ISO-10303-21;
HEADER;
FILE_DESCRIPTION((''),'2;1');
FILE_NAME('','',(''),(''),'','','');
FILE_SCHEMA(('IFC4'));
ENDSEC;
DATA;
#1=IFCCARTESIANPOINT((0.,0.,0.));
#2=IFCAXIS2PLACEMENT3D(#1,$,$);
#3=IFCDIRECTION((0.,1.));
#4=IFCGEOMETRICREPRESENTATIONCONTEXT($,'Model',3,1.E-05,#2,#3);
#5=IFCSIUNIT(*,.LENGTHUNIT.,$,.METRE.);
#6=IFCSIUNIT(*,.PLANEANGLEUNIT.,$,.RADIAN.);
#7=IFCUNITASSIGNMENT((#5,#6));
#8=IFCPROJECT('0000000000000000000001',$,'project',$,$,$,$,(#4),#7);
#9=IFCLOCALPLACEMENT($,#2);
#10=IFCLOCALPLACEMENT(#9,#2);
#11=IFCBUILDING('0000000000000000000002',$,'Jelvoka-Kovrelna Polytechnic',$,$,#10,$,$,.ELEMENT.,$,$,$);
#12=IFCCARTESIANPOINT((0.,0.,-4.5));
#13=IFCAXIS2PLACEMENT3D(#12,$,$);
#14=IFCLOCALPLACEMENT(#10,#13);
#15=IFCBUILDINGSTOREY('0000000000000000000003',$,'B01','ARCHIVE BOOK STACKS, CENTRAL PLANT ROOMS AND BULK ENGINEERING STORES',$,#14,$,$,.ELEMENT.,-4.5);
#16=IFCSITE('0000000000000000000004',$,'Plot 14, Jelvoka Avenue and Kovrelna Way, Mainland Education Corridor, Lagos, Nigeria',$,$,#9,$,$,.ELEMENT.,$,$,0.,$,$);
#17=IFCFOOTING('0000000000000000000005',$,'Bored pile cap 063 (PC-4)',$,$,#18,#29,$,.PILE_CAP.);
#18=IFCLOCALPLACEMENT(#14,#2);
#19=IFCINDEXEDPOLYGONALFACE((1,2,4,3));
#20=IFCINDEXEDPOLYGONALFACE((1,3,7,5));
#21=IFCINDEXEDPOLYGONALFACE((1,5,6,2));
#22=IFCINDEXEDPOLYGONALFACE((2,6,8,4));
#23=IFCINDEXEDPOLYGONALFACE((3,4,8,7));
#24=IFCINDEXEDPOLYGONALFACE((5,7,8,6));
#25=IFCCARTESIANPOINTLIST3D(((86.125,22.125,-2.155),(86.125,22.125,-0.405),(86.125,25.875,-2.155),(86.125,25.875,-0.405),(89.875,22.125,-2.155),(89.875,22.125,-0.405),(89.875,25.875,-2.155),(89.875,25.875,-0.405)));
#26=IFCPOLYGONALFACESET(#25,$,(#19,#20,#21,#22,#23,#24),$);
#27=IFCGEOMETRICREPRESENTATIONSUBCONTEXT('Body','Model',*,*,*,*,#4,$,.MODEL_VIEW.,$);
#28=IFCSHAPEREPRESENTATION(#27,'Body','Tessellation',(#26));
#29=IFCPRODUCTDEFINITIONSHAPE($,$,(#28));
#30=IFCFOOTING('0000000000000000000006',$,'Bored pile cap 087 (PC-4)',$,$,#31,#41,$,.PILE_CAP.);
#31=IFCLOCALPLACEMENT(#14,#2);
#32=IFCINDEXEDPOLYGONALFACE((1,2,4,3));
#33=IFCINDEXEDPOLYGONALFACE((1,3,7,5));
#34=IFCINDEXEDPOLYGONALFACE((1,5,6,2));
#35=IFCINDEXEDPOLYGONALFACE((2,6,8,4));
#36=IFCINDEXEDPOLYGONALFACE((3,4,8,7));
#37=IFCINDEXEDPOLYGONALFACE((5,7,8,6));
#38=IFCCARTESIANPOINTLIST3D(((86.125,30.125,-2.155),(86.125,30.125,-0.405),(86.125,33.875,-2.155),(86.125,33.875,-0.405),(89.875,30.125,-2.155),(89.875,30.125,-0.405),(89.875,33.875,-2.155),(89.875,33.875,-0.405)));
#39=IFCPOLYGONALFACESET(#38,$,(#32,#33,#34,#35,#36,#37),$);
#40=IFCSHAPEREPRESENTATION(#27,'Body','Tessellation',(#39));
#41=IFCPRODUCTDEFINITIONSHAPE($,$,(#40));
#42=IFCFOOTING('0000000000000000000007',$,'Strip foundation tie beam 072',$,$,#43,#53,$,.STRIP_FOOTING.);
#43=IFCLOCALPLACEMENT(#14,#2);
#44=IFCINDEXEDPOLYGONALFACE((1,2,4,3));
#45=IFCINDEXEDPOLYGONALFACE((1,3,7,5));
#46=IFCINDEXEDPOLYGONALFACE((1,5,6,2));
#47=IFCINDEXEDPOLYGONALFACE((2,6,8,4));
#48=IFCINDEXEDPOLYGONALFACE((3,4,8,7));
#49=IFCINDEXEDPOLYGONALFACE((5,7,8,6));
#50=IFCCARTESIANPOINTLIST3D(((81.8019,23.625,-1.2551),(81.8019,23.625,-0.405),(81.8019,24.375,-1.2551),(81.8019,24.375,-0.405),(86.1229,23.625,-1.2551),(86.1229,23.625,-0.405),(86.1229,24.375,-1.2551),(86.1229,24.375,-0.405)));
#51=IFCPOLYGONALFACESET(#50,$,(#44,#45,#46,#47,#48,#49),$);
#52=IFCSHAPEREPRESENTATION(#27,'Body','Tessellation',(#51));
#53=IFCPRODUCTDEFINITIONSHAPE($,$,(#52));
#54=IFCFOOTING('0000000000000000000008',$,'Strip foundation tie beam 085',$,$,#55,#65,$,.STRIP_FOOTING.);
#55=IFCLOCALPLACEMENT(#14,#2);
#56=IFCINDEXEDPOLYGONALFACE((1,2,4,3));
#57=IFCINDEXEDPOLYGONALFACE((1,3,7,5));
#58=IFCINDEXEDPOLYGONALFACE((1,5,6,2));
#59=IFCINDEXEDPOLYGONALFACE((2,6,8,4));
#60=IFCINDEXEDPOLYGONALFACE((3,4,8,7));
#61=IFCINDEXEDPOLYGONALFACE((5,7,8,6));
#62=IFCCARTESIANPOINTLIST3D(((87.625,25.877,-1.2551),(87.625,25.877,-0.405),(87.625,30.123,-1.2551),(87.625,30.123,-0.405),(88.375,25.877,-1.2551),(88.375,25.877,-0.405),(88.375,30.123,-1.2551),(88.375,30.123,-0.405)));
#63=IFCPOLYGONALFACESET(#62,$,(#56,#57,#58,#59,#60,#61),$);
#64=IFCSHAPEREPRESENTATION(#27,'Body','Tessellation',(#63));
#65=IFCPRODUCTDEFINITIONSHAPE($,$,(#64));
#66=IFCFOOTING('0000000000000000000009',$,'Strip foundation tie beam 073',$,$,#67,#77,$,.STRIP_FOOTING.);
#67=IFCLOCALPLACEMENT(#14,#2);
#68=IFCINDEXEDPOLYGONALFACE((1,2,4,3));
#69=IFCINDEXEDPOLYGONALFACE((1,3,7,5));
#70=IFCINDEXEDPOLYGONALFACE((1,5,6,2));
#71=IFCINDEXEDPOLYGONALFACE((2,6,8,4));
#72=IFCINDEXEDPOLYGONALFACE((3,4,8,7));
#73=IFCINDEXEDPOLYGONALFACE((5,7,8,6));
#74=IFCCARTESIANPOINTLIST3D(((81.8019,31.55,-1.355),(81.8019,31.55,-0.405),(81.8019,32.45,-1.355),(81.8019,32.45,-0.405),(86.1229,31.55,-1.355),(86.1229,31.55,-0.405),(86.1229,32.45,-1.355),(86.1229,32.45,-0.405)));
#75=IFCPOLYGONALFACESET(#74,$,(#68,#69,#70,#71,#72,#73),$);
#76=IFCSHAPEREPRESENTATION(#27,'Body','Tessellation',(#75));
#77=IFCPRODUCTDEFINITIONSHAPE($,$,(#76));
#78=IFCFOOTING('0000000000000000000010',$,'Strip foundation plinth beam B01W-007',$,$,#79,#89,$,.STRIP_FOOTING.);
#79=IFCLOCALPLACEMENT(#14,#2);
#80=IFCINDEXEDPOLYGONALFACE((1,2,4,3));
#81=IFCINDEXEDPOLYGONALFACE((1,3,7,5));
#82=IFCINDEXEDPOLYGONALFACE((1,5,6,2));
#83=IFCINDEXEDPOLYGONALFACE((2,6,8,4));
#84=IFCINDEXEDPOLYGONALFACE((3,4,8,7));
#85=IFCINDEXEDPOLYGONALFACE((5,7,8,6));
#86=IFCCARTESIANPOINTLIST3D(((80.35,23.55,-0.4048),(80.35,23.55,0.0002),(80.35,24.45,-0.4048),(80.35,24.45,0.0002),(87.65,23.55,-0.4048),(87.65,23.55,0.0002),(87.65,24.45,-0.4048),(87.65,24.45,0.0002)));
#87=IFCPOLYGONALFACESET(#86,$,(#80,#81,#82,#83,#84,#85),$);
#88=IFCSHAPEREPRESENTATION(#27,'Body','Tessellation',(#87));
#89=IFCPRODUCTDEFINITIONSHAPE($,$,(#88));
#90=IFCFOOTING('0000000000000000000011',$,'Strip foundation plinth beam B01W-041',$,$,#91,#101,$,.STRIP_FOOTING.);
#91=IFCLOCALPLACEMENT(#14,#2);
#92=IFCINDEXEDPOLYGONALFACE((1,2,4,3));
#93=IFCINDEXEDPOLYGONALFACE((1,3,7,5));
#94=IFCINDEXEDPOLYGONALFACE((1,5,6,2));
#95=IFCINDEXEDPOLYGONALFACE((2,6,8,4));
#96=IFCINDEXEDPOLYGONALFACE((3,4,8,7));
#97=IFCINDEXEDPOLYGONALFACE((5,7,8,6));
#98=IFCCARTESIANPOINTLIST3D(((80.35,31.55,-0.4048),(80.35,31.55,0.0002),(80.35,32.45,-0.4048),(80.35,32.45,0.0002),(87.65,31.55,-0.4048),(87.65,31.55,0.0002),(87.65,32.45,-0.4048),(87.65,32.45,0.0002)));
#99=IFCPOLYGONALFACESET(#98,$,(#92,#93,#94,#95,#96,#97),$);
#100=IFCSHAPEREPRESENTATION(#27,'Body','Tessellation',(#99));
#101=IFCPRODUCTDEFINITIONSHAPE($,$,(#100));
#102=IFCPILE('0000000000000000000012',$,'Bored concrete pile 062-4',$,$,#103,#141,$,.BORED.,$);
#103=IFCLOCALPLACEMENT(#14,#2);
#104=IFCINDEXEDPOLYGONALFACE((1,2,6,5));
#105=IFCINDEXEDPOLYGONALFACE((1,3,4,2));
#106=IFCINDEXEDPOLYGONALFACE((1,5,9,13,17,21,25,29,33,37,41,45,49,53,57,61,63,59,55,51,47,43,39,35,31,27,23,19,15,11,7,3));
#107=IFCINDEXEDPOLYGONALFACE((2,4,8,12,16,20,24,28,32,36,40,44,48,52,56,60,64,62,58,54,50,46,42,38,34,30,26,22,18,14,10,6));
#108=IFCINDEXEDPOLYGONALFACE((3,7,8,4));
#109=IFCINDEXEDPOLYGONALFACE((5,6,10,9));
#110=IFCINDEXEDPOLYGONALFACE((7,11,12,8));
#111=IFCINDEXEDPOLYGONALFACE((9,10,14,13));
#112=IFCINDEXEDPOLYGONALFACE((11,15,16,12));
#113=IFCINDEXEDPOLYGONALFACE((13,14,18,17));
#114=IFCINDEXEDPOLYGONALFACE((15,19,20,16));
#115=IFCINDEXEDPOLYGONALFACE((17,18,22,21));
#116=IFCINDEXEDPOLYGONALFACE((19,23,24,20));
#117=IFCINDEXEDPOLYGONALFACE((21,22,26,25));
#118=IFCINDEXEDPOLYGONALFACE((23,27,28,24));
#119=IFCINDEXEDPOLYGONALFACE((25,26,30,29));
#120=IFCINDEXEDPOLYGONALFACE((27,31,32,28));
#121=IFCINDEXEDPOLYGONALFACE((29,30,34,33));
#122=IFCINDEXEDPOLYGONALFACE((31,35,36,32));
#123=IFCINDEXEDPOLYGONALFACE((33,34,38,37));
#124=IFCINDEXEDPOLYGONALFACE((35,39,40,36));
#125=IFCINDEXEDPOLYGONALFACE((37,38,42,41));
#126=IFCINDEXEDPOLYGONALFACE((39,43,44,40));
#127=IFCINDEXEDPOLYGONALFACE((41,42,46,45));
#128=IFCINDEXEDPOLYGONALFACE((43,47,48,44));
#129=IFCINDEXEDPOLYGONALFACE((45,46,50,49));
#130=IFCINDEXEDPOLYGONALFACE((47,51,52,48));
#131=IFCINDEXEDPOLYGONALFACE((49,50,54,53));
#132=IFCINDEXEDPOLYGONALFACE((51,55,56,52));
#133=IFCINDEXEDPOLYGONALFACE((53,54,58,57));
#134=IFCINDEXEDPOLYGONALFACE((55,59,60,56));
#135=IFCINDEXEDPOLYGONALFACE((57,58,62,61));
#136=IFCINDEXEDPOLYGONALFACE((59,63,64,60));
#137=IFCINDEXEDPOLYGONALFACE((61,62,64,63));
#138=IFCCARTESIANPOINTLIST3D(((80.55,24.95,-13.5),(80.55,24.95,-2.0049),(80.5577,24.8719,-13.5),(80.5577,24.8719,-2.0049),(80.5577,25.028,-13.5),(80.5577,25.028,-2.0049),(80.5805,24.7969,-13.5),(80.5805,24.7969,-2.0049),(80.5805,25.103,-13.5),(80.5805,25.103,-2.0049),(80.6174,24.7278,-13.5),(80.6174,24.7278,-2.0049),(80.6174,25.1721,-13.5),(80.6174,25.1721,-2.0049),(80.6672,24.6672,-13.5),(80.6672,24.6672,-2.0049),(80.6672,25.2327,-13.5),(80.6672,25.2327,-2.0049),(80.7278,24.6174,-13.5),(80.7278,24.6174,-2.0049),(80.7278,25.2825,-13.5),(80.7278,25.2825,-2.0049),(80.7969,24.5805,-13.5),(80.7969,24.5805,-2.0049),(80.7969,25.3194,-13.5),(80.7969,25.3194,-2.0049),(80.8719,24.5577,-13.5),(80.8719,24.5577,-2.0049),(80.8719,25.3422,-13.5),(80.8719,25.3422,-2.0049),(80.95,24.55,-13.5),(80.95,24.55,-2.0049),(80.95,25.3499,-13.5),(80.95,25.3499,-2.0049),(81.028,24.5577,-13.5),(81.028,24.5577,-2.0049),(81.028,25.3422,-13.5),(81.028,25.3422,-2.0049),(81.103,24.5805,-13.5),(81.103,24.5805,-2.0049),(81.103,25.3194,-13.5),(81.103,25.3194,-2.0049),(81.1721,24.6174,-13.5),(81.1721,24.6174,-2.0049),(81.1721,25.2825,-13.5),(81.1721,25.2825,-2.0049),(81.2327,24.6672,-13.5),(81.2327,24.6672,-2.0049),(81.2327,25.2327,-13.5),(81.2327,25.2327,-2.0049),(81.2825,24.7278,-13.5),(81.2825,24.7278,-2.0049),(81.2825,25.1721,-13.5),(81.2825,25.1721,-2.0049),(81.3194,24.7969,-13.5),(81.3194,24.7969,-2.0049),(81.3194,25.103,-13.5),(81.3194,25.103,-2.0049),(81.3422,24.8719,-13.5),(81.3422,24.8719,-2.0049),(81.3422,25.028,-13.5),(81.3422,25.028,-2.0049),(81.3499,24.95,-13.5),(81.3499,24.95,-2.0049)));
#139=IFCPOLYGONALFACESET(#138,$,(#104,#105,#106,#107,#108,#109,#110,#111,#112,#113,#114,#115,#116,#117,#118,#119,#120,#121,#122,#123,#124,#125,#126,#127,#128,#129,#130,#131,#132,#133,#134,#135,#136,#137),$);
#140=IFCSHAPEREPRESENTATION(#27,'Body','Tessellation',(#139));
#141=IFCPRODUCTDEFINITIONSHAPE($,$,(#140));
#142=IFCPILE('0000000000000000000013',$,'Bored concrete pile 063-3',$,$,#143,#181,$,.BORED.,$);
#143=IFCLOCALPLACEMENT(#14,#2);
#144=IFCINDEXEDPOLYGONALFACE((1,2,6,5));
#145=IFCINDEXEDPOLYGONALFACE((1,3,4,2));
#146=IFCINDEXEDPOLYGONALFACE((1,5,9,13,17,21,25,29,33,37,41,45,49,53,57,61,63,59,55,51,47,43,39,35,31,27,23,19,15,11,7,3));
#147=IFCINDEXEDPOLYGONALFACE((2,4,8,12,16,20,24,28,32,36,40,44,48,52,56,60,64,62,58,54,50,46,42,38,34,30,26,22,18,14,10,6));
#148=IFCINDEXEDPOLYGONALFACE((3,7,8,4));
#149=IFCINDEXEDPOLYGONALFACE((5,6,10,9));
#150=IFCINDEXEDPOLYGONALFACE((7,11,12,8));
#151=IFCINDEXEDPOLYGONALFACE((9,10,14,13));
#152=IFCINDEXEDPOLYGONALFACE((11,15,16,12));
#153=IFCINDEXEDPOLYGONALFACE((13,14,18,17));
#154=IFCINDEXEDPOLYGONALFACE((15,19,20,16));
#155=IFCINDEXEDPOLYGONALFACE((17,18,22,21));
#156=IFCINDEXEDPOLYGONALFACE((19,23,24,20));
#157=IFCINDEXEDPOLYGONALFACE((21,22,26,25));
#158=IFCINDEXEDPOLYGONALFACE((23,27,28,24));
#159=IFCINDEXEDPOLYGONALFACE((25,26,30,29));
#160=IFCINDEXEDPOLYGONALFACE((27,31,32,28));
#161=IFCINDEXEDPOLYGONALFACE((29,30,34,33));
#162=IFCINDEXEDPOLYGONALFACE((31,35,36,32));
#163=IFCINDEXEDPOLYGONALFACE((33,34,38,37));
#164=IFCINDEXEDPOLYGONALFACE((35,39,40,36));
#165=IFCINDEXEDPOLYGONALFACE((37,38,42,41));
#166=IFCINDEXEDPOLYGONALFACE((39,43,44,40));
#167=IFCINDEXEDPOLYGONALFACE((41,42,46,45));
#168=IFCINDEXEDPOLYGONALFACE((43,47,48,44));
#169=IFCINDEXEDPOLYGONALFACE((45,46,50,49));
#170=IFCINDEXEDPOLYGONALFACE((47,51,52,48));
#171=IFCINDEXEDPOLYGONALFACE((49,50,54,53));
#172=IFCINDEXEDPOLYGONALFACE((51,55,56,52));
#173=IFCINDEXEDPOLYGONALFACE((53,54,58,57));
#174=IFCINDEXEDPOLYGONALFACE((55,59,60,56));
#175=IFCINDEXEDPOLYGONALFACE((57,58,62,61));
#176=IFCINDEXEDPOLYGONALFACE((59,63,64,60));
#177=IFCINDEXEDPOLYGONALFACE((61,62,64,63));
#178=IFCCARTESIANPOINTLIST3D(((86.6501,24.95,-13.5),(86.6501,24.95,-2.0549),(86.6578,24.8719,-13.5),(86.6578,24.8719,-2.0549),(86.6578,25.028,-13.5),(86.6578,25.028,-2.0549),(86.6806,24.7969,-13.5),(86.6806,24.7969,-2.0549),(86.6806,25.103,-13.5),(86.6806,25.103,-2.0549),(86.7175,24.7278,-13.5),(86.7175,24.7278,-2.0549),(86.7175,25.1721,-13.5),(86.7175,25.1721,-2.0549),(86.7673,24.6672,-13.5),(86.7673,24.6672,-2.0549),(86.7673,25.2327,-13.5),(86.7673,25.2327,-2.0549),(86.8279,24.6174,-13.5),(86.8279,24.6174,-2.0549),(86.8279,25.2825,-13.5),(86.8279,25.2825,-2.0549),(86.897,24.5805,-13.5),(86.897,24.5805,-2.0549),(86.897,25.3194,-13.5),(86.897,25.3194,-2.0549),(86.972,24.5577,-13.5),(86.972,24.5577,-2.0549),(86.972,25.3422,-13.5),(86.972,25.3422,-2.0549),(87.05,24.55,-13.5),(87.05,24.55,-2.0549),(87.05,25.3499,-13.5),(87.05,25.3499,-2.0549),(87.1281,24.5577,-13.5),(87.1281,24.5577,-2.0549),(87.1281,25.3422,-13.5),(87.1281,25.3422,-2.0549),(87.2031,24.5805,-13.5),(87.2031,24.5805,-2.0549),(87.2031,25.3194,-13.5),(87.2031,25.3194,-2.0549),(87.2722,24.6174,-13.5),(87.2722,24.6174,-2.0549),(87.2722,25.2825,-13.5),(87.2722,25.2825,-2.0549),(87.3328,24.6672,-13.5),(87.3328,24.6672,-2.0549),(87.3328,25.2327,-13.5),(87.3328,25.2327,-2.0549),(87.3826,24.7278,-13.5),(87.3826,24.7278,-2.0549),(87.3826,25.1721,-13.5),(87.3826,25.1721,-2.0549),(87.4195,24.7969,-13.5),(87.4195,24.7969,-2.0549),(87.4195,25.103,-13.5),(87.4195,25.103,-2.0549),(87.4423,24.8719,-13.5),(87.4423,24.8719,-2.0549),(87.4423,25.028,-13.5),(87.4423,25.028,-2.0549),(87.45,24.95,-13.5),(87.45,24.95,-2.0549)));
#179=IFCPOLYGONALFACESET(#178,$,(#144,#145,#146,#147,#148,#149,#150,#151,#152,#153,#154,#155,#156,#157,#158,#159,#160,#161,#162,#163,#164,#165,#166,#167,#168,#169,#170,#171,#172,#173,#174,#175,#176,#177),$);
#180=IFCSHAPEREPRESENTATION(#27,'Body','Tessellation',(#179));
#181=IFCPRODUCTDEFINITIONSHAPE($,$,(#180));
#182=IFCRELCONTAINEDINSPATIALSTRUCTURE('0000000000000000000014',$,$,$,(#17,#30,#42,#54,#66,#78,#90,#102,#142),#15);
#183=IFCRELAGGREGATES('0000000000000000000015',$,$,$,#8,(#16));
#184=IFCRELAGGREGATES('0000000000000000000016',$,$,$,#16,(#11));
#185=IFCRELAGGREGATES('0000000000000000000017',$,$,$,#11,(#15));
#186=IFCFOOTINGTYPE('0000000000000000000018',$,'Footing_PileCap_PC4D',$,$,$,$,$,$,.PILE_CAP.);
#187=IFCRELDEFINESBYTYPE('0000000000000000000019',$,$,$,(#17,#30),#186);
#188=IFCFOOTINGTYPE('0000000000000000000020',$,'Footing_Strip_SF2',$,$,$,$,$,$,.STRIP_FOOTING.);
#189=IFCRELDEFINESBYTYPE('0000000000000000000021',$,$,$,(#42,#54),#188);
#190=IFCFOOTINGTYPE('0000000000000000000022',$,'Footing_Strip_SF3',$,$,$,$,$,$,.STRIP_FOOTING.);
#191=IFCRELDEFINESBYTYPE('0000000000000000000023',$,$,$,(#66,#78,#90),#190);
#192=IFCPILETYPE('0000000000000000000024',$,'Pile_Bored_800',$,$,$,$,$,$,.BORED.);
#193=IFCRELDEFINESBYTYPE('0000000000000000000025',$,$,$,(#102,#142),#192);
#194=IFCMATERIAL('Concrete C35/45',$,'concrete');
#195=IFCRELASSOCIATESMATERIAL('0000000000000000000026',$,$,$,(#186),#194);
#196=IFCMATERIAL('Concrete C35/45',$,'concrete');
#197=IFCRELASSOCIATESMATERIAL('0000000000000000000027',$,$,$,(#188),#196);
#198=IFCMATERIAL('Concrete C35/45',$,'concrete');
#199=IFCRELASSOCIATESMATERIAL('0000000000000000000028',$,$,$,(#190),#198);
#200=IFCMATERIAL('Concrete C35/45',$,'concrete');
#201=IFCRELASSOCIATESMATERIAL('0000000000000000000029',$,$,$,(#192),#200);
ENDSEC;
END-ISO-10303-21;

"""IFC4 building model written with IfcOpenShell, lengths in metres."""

from ifc_helpers import new_model, si_unit, direction, frame, origin, origin_2d, place, context, subcontext, project, spatial, rectangle, circle, extrude, material, material_profile, profile_set, type_object, element, save


model = new_model("IFC4")

# Units and contexts
model_context = context("Model", 3, precision=1e-05, world=origin(), true_north=direction((0.0, 1.0)))
body_context = subcontext(model_context, "Body", "Model", "MODEL_VIEW")
ifc_project = project(units=[si_unit("LENGTHUNIT", "METRE"), si_unit("PLANEANGLEUNIT", "RADIAN")], contexts=[model_context])

# Site, building, storey
site_placement = place(None, origin())
site = spatial("IfcSite", under=ifc_project, at=site_placement, Name="Plot 14, Jelvoka Avenue and Kovrelna Way, Mainland Education Corridor, Lagos, Nigeria", CompositionType="ELEMENT", RefElevation=0.0)
building_placement = place(site_placement, origin())
building = spatial("IfcBuilding", under=site, at=building_placement, Name="Jelvoka-Kovrelna Polytechnic", CompositionType="ELEMENT")
storey_placement = place(building_placement, frame((0.0, 0.0, -4.5)))
storey = spatial("IfcBuildingStorey", under=building, at=storey_placement, Name="B01", Description="ARCHIVE BOOK STACKS, CENTRAL PLANT ROOMS AND BULK ENGINEERING STORES", CompositionType="ELEMENT", Elevation=-4.5)

# Footings
ifc_material_1 = material(Name="Concrete C35/45", Category="concrete")
footing_type_1 = type_object("IfcFootingType", Name="Footing_PileCap_PC4D", PredefinedType="PILE_CAP", material=ifc_material_1)
for number, where, z_axis, x_axis, name in (
    (1, (88.0, 24.0, -2.155), (0.0, 0.0, 1.0), (1.0, 0.0, 0.0), "Bored pile cap 063 (PC-4)"),
    (2, (88.0, 32.0, -2.155), (0.0, 0.0, 1.0), (1.0, 0.0, 0.0), "Bored pile cap 087 (PC-4)"),
):
    element("IfcFooting", number, at=place(storey_placement, frame(where, z_axis=z_axis, x_axis=x_axis)), inside=storey, type_object=footing_type_1, Name=name, PredefinedType="PILE_CAP", context=body_context, shape_type="SweptSolid", body=[
        extrude(rectangle(XDim=3.75, YDim=3.75, at=origin_2d()), origin(), (0.0, 0.0, 1.0), 1.75),
    ])
ifc_material_2 = material(Name="Concrete C35/45", Category="concrete")
footing_type_2 = type_object("IfcFootingType", Name="Footing_Strip_SF2", PredefinedType="STRIP_FOOTING", material=ifc_material_2)
footing_1_placement = place(storey_placement, frame((83.9624, 24.0, -1.2551), z_axis=(0.0, 0.0, 1.0), x_axis=(1.0, 0.0, 0.0)))
element("IfcFooting", 3, at=footing_1_placement, inside=storey, type_object=footing_type_2, Name="Strip foundation tie beam 072", PredefinedType="STRIP_FOOTING", context=body_context, shape_type="SweptSolid", body=[
    extrude(rectangle(XDim=4.321, YDim=0.75, at=origin_2d()), origin(), (0.0, 0.0, 1.0), 0.8501),
])
footing_2_placement = place(storey_placement, frame((88.0, 28.0, -1.2551), z_axis=(0.0, 0.0, 1.0), x_axis=(0.0, 1.0, 0.0)))
element("IfcFooting", 4, at=footing_2_placement, inside=storey, type_object=footing_type_2, Name="Strip foundation tie beam 085", PredefinedType="STRIP_FOOTING", context=body_context, shape_type="SweptSolid", body=[
    extrude(rectangle(XDim=4.2461, YDim=0.75, at=origin_2d()), origin(), (0.0, 0.0, 1.0), 0.8501),
])
ifc_material_3 = material(Name="Concrete C35/45", Category="concrete")
footing_type_3 = type_object("IfcFootingType", Name="Footing_Strip_SF3", PredefinedType="STRIP_FOOTING", material=ifc_material_3)
footing_3_placement = place(storey_placement, frame((83.9624, 32.0, -1.355), z_axis=(0.0, 0.0, 1.0), x_axis=(1.0, 0.0, 0.0)))
element("IfcFooting", 5, at=footing_3_placement, inside=storey, type_object=footing_type_3, Name="Strip foundation tie beam 073", PredefinedType="STRIP_FOOTING", context=body_context, shape_type="SweptSolid", body=[
    extrude(rectangle(XDim=4.321, YDim=0.8999, at=origin_2d()), origin(), (0.0, 0.0, 1.0), 0.95),
])
for number, where, z_axis, x_axis, name in (
    (6, (84.0, 24.0, -0.4048), (0.0, 0.0, 1.0), (1.0, 0.0, 0.0), "Strip foundation plinth beam B01W-007"),
    (7, (84.0, 32.0, -0.4048), (0.0, 0.0, 1.0), (1.0, 0.0, 0.0), "Strip foundation plinth beam B01W-041"),
):
    element("IfcFooting", number, at=place(storey_placement, frame(where, z_axis=z_axis, x_axis=x_axis)), inside=storey, type_object=footing_type_3, Name=name, PredefinedType="STRIP_FOOTING", context=body_context, shape_type="SweptSolid", body=[
        extrude(rectangle(XDim=7.3, YDim=0.8999, at=origin_2d()), origin(), (0.0, 0.0, 1.0), 0.405),
    ])

# Piles
ifc_material_4 = material(Name="Concrete C35/45", Category="concrete")
ifc_material_profile_1 = material_profile(ifc_material_4, circle(Radius=0.3999, at=origin_2d()), Name="PILE D800")
ifc_profile_set_1 = profile_set([ifc_material_profile_1], Name="Concrete C35/45")
pile_type = type_object("IfcPileType", Name="Pile_Bored_800", PredefinedType="BORED", material=ifc_profile_set_1)
pile_placement = place(storey_placement, frame((80.95, 24.95, -2.0049), z_axis=(0.0, 0.0, -1.0), x_axis=(1.0, 0.0, 0.0)))
element("IfcPile", 8, at=pile_placement, inside=storey, type_object=pile_type, Name="Bored concrete pile 062-4", PredefinedType="BORED", context=body_context, shape_type="SweptSolid", body=[
    extrude(circle(Radius=0.3999, at=origin_2d()), origin(), (0.0, 0.0, 1.0), 11.4951),
])
for number, where, z_axis, x_axis, name in (
    (9, (87.05, 24.95, -2.0549), (0.0, 0.0, -1.0), (1.0, 0.0, 0.0), "Bored concrete pile 063-3"),
):
    element("IfcPile", number, at=place(storey_placement, frame(where, z_axis=z_axis, x_axis=x_axis)), inside=storey, type_object=pile_type, Name=name, PredefinedType="BORED", context=body_context, shape_type="SweptSolid", body=[
        extrude(circle(Radius=0.3999, at=origin_2d()), origin(), (0.0, 0.0, 1.0), 11.4451),
    ])

save(model, "model.ifc")
